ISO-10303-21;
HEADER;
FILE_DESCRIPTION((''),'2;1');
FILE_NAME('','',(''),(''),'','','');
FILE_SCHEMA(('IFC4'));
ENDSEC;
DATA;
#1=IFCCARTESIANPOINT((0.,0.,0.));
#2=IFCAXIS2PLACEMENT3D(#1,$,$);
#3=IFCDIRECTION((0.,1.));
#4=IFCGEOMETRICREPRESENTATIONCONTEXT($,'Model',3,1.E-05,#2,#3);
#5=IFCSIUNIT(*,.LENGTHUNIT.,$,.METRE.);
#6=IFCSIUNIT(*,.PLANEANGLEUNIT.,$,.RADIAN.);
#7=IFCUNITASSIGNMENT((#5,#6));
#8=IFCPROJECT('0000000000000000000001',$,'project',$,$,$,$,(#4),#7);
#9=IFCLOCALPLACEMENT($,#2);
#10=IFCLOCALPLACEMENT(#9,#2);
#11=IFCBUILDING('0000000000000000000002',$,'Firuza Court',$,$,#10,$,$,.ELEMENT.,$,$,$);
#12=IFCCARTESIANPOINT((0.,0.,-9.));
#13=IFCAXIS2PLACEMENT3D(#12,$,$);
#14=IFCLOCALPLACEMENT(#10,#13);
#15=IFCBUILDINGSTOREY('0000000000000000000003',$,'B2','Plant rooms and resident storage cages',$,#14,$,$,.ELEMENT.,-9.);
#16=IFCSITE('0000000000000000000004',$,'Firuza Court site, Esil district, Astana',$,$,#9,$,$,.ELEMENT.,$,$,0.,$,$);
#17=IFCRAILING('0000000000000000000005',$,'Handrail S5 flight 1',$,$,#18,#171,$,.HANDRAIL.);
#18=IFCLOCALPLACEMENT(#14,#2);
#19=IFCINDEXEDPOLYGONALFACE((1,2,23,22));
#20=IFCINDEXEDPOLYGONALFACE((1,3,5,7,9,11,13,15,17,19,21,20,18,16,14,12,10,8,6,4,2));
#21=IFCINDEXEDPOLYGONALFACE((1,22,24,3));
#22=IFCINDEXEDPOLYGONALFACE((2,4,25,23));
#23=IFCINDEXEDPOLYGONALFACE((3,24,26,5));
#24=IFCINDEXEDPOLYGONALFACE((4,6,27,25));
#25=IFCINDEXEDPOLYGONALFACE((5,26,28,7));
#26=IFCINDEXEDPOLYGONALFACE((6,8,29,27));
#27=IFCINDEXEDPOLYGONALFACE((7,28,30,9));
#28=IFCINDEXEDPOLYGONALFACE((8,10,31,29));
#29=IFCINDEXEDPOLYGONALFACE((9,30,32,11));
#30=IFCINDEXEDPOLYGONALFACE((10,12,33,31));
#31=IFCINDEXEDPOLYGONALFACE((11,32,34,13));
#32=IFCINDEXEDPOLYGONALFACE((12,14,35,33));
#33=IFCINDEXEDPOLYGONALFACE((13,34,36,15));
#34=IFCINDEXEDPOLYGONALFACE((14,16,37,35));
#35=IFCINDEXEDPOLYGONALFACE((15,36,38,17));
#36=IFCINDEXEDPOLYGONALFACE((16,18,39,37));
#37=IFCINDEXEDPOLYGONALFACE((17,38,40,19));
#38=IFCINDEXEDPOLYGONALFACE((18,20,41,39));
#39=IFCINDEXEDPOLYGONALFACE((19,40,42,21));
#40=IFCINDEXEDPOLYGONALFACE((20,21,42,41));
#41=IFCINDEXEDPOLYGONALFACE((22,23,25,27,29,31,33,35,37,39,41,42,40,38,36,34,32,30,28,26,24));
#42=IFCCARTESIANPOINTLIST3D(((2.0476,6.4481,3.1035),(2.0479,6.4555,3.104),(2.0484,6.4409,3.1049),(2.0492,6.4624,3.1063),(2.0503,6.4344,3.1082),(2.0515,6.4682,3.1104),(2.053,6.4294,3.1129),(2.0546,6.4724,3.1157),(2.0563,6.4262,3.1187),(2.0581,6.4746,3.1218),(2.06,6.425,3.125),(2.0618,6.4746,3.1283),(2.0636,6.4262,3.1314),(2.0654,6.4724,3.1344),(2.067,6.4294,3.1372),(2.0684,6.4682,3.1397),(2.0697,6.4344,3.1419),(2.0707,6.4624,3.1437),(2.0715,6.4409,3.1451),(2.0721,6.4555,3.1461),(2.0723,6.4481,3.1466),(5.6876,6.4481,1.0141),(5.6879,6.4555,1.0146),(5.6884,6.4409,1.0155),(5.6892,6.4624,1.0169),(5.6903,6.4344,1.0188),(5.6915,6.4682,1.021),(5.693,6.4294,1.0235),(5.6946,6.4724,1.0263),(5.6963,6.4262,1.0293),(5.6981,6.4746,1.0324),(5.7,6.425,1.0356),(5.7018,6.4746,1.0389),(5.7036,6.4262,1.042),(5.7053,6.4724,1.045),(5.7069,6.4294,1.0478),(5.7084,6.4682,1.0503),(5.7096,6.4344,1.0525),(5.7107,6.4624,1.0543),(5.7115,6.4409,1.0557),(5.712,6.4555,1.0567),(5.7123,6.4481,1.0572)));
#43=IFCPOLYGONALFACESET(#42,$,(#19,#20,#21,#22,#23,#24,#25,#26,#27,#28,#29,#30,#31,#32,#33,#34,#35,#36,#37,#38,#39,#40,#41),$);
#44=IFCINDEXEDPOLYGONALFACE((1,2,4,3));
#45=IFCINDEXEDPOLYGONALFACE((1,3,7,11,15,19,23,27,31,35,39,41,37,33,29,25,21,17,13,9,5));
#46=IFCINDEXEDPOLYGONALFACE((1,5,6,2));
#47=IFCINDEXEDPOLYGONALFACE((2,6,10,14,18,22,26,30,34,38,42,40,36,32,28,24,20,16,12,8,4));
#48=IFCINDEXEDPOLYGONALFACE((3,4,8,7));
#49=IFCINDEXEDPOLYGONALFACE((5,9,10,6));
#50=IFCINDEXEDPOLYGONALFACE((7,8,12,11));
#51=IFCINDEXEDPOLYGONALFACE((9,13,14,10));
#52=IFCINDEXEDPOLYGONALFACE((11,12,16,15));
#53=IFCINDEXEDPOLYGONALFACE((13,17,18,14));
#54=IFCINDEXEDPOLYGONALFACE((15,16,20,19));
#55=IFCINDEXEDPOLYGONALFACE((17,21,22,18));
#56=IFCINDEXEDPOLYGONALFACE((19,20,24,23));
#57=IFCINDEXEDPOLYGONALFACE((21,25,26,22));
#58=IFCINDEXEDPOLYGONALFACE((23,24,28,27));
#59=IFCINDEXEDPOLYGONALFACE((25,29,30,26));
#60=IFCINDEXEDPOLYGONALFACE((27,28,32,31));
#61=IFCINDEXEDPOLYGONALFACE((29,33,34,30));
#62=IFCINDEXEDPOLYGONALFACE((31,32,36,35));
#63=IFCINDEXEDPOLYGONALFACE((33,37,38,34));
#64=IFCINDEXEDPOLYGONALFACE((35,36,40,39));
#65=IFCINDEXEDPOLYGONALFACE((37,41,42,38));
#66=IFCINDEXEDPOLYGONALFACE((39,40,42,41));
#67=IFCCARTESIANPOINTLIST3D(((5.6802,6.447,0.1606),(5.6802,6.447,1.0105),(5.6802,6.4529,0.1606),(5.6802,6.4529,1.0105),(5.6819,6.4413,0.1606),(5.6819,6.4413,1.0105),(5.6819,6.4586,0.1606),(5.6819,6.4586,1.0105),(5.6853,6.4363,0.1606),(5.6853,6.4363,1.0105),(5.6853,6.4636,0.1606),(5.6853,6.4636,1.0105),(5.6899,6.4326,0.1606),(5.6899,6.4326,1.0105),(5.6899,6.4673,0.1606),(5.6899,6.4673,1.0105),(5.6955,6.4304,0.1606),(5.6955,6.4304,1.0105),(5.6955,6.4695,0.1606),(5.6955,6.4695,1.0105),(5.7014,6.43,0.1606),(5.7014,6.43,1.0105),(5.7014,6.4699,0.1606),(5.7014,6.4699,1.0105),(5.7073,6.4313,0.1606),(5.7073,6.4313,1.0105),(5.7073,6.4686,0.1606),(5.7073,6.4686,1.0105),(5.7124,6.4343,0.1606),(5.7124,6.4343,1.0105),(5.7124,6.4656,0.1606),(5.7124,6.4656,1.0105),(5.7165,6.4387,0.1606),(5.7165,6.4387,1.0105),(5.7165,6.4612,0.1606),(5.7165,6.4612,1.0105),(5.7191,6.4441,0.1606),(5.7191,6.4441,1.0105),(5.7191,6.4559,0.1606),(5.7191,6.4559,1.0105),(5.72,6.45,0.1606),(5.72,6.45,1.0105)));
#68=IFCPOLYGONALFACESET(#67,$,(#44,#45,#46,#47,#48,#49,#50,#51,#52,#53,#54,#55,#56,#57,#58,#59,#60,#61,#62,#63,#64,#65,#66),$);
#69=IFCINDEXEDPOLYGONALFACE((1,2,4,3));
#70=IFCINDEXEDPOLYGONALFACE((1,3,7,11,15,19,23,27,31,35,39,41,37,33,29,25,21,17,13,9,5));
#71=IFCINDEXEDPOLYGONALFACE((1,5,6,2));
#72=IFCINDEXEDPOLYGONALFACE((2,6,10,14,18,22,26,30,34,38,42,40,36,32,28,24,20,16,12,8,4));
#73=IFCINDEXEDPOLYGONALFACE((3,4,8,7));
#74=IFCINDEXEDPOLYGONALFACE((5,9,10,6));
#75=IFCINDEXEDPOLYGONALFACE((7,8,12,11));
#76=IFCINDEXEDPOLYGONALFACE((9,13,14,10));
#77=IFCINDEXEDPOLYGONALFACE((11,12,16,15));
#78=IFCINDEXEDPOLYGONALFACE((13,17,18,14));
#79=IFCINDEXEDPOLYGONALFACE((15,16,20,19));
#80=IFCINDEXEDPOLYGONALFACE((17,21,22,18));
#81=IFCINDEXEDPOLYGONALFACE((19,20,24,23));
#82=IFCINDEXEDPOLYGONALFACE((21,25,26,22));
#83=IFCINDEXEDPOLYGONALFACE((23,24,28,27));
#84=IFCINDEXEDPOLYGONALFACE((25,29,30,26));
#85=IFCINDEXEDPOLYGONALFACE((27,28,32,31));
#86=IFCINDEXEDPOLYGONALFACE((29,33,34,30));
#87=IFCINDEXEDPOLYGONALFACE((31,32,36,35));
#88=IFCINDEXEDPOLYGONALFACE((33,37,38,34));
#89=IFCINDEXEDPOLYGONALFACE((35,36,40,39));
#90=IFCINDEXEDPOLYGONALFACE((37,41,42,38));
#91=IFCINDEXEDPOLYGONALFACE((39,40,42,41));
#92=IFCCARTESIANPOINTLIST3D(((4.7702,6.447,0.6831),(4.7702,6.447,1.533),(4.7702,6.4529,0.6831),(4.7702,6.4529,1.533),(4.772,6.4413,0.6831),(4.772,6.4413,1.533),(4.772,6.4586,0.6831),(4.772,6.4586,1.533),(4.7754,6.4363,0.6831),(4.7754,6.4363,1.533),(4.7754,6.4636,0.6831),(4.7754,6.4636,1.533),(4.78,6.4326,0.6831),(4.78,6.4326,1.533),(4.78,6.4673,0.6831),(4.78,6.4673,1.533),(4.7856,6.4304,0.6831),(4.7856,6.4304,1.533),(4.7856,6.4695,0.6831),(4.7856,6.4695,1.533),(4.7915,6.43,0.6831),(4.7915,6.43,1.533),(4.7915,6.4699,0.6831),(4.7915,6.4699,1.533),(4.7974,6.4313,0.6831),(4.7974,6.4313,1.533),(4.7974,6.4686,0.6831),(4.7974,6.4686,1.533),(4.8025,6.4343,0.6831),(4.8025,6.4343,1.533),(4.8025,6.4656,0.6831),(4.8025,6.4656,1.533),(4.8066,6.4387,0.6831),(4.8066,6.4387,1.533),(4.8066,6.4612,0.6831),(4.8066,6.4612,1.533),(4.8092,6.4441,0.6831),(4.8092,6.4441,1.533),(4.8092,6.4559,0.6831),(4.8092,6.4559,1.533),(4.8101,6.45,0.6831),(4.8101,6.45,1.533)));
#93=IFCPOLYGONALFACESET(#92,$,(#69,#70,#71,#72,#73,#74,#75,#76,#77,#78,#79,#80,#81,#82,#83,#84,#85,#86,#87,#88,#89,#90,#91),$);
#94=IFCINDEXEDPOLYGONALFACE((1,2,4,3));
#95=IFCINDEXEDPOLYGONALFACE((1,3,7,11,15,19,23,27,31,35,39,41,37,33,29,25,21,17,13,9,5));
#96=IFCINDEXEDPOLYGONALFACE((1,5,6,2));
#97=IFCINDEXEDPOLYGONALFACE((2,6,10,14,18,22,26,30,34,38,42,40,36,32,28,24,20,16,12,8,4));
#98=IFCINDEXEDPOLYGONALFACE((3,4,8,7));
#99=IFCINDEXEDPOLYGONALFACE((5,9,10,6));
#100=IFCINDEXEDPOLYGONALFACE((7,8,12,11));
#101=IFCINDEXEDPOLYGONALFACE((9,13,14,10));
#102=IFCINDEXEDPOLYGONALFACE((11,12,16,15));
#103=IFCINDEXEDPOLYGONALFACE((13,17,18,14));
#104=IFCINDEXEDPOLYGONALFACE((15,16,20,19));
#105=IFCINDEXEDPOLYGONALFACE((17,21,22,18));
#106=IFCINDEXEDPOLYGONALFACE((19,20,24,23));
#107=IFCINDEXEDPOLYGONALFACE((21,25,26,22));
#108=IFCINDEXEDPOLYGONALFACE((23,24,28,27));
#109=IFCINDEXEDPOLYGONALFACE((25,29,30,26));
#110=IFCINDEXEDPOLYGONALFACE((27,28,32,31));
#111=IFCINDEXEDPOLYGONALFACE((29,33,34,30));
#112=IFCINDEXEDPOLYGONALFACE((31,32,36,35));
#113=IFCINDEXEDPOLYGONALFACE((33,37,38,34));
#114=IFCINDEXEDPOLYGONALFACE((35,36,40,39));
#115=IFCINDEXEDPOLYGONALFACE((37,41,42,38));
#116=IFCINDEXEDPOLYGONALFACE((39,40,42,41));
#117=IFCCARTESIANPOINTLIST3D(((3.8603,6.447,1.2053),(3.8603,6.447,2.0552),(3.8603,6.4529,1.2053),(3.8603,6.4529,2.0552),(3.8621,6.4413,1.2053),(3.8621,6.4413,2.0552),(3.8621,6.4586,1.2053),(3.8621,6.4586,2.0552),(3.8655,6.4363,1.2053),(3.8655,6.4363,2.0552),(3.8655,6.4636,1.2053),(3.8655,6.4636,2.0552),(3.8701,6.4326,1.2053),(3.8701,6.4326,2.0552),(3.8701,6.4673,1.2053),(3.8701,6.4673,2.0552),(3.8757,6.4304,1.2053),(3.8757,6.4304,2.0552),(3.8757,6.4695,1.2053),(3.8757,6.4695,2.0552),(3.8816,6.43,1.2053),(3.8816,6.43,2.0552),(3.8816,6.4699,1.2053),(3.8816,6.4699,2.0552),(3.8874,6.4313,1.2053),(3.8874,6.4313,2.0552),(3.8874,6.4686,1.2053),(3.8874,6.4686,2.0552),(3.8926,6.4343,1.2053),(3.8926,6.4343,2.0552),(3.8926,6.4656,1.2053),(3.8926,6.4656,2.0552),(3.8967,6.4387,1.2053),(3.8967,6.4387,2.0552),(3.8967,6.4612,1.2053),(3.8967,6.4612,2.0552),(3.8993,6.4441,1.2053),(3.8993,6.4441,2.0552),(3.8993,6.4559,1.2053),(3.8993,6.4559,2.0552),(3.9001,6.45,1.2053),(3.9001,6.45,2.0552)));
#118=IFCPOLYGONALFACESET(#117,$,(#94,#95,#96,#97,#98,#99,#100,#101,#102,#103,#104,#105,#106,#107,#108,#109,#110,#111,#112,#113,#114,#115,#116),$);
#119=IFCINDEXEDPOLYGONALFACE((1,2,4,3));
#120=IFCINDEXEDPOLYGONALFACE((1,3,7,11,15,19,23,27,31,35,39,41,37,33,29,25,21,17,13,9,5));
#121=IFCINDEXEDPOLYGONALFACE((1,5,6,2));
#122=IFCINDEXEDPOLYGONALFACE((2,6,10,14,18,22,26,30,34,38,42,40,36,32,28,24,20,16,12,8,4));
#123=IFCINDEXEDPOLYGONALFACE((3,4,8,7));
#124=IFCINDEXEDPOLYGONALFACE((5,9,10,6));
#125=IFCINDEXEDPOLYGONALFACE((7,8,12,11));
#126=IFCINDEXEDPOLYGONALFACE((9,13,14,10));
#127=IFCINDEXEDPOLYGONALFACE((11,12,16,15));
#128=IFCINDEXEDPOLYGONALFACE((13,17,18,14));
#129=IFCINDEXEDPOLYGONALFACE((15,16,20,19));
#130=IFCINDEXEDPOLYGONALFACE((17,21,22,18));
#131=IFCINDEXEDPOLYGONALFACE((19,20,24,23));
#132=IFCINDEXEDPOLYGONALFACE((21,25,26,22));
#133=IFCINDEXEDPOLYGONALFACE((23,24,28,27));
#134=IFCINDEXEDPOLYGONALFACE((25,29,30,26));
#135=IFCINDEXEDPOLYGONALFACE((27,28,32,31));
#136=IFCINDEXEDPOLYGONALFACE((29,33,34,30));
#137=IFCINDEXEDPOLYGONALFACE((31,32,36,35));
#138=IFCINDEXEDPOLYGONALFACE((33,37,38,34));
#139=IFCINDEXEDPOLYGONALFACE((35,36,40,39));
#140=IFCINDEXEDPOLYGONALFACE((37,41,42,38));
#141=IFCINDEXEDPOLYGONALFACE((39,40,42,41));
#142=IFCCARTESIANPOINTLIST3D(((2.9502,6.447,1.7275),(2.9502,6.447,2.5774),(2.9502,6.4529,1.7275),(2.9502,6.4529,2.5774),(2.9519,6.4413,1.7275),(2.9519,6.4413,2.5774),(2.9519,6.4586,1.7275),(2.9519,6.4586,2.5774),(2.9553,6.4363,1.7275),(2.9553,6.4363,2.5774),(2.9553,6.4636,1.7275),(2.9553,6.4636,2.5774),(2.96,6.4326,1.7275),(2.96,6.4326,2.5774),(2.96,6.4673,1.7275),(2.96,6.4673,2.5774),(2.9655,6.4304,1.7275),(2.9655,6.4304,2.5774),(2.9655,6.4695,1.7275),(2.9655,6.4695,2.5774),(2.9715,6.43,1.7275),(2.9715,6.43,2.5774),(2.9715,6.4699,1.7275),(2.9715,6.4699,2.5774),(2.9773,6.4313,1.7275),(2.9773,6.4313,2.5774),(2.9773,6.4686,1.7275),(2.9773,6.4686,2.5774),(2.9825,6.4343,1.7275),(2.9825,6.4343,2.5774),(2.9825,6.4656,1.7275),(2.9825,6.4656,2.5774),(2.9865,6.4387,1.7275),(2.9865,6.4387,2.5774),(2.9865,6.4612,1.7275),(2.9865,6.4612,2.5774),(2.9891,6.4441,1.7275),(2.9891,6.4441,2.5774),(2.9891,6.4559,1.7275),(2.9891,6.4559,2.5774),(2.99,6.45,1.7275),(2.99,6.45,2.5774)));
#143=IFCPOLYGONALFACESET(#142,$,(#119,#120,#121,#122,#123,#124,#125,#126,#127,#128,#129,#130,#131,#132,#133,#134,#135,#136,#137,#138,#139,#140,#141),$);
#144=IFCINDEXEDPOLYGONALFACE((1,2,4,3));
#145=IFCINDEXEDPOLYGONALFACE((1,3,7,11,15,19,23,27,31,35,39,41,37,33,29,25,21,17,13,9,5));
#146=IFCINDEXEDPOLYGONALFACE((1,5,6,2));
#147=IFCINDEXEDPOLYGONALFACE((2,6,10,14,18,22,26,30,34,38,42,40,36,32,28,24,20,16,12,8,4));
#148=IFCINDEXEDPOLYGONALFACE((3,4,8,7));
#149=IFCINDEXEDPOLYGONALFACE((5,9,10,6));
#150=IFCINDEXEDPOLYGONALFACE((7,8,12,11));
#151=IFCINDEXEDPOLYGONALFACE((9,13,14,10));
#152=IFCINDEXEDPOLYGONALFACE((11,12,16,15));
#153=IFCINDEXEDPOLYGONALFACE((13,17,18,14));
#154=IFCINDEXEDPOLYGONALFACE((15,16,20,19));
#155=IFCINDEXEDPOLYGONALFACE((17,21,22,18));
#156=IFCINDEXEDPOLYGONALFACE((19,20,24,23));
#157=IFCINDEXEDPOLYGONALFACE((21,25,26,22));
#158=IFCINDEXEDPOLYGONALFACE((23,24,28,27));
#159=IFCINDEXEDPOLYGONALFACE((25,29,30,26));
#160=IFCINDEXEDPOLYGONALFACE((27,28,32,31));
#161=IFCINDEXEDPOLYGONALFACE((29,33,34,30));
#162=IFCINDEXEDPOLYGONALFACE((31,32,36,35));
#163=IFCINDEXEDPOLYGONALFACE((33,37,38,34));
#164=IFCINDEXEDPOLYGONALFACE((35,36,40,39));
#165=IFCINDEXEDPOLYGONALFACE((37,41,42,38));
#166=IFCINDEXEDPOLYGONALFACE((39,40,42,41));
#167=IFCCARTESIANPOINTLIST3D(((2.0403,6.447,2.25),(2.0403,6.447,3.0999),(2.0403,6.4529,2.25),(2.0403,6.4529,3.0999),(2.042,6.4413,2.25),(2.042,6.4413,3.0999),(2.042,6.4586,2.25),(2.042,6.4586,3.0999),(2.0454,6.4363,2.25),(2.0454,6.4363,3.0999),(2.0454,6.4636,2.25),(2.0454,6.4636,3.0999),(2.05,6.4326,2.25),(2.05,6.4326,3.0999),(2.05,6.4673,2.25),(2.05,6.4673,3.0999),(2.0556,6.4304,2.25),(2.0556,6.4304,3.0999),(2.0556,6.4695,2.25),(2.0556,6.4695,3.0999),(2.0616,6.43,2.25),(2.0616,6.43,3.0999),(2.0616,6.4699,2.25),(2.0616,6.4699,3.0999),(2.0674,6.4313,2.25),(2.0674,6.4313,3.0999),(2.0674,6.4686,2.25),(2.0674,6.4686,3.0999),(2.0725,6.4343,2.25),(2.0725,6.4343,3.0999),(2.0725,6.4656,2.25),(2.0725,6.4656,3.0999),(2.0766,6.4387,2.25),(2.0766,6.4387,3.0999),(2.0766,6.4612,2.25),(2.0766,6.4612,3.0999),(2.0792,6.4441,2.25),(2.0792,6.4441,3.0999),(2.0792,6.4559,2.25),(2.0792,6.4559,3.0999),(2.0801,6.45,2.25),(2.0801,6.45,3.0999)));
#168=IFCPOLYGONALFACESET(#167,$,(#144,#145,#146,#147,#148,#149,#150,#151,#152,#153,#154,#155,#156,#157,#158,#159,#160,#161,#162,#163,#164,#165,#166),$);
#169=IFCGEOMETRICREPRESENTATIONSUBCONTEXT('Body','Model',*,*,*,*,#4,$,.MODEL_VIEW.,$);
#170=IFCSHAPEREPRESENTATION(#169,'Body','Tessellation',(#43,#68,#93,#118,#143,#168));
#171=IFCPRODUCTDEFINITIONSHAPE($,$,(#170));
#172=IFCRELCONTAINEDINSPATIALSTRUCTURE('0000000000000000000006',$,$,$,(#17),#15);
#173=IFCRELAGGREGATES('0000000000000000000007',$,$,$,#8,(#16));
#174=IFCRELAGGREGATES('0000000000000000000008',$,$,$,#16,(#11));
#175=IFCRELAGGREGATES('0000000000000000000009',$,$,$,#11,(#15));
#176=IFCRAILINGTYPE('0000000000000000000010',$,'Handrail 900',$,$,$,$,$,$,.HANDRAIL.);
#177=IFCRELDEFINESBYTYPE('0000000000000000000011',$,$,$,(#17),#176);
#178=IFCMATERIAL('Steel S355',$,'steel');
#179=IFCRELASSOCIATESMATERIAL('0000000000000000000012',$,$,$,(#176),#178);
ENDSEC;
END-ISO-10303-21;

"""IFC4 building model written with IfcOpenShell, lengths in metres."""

from ifc_helpers import new_model, si_unit, direction, frame, origin, origin_2d, place, context, subcontext, project, spatial, circle, extrude, material, type_object, element, save


model = new_model("IFC4")

# Units and contexts
model_context = context("Model", 3, precision=1e-05, world=origin(), true_north=direction((0.0, 1.0)))
body_context = subcontext(model_context, "Body", "Model", "MODEL_VIEW")
ifc_project = project(units=[si_unit("LENGTHUNIT", "METRE"), si_unit("PLANEANGLEUNIT", "RADIAN")], contexts=[model_context])

# Site, building, storey
site_placement = place(None, origin())
site = spatial("IfcSite", under=ifc_project, at=site_placement, Name="Firuza Court site, Esil district, Astana", CompositionType="ELEMENT", RefElevation=0.0)
building_placement = place(site_placement, origin())
building = spatial("IfcBuilding", under=site, at=building_placement, Name="Firuza Court", CompositionType="ELEMENT")
storey_placement = place(building_placement, frame((0.0, 0.0, -9.0)))
storey = spatial("IfcBuildingStorey", under=building, at=storey_placement, Name="B2", Description="Plant rooms and resident storage cages", CompositionType="ELEMENT", Elevation=-9.0)

# Railing
ifc_material_1 = material(Name="Steel S355", Category="steel")
railing_type = type_object("IfcRailingType", Name="Handrail 900", PredefinedType="HANDRAIL", material=ifc_material_1)
railing_placement = place(storey_placement, frame((5.7, 6.45, 0.1606)))
element("IfcRailing", 1, at=railing_placement, inside=storey, type_object=railing_type, Name="Handrail S5 flight 1", PredefinedType="HANDRAIL", context=body_context, shape_type="SweptSolid", body=[
    extrude(circle(Radius=0.0249, at=origin_2d()), frame((0.0, 0.0, 0.875), z_axis=(-0.867275, 0.0, 0.497829), x_axis=(0.0, -1.0, 0.0)), (0.0, 0.0, 1.0), 4.197),
    extrude(circle(Radius=0.02, at=origin_2d()), origin(), (0.0, 0.0, 1.0), 0.8499),
    extrude(circle(Radius=0.02, at=origin_2d()), frame((-0.9099, 0.0, 0.5225)), (0.0, 0.0, 1.0), 0.8499),
    extrude(circle(Radius=0.02, at=origin_2d()), frame((-1.8198, 0.0, 1.0447)), (0.0, 0.0, 1.0), 0.8499),
    extrude(circle(Radius=0.02, at=origin_2d()), frame((-2.73, 0.0, 1.5669)), (0.0, 0.0, 1.0), 0.8499),
    extrude(circle(Radius=0.02, at=origin_2d()), frame((-3.6399, 0.0, 2.0894)), (0.0, 0.0, 1.0), 0.8499),
])

save(model, "model.ifc")
